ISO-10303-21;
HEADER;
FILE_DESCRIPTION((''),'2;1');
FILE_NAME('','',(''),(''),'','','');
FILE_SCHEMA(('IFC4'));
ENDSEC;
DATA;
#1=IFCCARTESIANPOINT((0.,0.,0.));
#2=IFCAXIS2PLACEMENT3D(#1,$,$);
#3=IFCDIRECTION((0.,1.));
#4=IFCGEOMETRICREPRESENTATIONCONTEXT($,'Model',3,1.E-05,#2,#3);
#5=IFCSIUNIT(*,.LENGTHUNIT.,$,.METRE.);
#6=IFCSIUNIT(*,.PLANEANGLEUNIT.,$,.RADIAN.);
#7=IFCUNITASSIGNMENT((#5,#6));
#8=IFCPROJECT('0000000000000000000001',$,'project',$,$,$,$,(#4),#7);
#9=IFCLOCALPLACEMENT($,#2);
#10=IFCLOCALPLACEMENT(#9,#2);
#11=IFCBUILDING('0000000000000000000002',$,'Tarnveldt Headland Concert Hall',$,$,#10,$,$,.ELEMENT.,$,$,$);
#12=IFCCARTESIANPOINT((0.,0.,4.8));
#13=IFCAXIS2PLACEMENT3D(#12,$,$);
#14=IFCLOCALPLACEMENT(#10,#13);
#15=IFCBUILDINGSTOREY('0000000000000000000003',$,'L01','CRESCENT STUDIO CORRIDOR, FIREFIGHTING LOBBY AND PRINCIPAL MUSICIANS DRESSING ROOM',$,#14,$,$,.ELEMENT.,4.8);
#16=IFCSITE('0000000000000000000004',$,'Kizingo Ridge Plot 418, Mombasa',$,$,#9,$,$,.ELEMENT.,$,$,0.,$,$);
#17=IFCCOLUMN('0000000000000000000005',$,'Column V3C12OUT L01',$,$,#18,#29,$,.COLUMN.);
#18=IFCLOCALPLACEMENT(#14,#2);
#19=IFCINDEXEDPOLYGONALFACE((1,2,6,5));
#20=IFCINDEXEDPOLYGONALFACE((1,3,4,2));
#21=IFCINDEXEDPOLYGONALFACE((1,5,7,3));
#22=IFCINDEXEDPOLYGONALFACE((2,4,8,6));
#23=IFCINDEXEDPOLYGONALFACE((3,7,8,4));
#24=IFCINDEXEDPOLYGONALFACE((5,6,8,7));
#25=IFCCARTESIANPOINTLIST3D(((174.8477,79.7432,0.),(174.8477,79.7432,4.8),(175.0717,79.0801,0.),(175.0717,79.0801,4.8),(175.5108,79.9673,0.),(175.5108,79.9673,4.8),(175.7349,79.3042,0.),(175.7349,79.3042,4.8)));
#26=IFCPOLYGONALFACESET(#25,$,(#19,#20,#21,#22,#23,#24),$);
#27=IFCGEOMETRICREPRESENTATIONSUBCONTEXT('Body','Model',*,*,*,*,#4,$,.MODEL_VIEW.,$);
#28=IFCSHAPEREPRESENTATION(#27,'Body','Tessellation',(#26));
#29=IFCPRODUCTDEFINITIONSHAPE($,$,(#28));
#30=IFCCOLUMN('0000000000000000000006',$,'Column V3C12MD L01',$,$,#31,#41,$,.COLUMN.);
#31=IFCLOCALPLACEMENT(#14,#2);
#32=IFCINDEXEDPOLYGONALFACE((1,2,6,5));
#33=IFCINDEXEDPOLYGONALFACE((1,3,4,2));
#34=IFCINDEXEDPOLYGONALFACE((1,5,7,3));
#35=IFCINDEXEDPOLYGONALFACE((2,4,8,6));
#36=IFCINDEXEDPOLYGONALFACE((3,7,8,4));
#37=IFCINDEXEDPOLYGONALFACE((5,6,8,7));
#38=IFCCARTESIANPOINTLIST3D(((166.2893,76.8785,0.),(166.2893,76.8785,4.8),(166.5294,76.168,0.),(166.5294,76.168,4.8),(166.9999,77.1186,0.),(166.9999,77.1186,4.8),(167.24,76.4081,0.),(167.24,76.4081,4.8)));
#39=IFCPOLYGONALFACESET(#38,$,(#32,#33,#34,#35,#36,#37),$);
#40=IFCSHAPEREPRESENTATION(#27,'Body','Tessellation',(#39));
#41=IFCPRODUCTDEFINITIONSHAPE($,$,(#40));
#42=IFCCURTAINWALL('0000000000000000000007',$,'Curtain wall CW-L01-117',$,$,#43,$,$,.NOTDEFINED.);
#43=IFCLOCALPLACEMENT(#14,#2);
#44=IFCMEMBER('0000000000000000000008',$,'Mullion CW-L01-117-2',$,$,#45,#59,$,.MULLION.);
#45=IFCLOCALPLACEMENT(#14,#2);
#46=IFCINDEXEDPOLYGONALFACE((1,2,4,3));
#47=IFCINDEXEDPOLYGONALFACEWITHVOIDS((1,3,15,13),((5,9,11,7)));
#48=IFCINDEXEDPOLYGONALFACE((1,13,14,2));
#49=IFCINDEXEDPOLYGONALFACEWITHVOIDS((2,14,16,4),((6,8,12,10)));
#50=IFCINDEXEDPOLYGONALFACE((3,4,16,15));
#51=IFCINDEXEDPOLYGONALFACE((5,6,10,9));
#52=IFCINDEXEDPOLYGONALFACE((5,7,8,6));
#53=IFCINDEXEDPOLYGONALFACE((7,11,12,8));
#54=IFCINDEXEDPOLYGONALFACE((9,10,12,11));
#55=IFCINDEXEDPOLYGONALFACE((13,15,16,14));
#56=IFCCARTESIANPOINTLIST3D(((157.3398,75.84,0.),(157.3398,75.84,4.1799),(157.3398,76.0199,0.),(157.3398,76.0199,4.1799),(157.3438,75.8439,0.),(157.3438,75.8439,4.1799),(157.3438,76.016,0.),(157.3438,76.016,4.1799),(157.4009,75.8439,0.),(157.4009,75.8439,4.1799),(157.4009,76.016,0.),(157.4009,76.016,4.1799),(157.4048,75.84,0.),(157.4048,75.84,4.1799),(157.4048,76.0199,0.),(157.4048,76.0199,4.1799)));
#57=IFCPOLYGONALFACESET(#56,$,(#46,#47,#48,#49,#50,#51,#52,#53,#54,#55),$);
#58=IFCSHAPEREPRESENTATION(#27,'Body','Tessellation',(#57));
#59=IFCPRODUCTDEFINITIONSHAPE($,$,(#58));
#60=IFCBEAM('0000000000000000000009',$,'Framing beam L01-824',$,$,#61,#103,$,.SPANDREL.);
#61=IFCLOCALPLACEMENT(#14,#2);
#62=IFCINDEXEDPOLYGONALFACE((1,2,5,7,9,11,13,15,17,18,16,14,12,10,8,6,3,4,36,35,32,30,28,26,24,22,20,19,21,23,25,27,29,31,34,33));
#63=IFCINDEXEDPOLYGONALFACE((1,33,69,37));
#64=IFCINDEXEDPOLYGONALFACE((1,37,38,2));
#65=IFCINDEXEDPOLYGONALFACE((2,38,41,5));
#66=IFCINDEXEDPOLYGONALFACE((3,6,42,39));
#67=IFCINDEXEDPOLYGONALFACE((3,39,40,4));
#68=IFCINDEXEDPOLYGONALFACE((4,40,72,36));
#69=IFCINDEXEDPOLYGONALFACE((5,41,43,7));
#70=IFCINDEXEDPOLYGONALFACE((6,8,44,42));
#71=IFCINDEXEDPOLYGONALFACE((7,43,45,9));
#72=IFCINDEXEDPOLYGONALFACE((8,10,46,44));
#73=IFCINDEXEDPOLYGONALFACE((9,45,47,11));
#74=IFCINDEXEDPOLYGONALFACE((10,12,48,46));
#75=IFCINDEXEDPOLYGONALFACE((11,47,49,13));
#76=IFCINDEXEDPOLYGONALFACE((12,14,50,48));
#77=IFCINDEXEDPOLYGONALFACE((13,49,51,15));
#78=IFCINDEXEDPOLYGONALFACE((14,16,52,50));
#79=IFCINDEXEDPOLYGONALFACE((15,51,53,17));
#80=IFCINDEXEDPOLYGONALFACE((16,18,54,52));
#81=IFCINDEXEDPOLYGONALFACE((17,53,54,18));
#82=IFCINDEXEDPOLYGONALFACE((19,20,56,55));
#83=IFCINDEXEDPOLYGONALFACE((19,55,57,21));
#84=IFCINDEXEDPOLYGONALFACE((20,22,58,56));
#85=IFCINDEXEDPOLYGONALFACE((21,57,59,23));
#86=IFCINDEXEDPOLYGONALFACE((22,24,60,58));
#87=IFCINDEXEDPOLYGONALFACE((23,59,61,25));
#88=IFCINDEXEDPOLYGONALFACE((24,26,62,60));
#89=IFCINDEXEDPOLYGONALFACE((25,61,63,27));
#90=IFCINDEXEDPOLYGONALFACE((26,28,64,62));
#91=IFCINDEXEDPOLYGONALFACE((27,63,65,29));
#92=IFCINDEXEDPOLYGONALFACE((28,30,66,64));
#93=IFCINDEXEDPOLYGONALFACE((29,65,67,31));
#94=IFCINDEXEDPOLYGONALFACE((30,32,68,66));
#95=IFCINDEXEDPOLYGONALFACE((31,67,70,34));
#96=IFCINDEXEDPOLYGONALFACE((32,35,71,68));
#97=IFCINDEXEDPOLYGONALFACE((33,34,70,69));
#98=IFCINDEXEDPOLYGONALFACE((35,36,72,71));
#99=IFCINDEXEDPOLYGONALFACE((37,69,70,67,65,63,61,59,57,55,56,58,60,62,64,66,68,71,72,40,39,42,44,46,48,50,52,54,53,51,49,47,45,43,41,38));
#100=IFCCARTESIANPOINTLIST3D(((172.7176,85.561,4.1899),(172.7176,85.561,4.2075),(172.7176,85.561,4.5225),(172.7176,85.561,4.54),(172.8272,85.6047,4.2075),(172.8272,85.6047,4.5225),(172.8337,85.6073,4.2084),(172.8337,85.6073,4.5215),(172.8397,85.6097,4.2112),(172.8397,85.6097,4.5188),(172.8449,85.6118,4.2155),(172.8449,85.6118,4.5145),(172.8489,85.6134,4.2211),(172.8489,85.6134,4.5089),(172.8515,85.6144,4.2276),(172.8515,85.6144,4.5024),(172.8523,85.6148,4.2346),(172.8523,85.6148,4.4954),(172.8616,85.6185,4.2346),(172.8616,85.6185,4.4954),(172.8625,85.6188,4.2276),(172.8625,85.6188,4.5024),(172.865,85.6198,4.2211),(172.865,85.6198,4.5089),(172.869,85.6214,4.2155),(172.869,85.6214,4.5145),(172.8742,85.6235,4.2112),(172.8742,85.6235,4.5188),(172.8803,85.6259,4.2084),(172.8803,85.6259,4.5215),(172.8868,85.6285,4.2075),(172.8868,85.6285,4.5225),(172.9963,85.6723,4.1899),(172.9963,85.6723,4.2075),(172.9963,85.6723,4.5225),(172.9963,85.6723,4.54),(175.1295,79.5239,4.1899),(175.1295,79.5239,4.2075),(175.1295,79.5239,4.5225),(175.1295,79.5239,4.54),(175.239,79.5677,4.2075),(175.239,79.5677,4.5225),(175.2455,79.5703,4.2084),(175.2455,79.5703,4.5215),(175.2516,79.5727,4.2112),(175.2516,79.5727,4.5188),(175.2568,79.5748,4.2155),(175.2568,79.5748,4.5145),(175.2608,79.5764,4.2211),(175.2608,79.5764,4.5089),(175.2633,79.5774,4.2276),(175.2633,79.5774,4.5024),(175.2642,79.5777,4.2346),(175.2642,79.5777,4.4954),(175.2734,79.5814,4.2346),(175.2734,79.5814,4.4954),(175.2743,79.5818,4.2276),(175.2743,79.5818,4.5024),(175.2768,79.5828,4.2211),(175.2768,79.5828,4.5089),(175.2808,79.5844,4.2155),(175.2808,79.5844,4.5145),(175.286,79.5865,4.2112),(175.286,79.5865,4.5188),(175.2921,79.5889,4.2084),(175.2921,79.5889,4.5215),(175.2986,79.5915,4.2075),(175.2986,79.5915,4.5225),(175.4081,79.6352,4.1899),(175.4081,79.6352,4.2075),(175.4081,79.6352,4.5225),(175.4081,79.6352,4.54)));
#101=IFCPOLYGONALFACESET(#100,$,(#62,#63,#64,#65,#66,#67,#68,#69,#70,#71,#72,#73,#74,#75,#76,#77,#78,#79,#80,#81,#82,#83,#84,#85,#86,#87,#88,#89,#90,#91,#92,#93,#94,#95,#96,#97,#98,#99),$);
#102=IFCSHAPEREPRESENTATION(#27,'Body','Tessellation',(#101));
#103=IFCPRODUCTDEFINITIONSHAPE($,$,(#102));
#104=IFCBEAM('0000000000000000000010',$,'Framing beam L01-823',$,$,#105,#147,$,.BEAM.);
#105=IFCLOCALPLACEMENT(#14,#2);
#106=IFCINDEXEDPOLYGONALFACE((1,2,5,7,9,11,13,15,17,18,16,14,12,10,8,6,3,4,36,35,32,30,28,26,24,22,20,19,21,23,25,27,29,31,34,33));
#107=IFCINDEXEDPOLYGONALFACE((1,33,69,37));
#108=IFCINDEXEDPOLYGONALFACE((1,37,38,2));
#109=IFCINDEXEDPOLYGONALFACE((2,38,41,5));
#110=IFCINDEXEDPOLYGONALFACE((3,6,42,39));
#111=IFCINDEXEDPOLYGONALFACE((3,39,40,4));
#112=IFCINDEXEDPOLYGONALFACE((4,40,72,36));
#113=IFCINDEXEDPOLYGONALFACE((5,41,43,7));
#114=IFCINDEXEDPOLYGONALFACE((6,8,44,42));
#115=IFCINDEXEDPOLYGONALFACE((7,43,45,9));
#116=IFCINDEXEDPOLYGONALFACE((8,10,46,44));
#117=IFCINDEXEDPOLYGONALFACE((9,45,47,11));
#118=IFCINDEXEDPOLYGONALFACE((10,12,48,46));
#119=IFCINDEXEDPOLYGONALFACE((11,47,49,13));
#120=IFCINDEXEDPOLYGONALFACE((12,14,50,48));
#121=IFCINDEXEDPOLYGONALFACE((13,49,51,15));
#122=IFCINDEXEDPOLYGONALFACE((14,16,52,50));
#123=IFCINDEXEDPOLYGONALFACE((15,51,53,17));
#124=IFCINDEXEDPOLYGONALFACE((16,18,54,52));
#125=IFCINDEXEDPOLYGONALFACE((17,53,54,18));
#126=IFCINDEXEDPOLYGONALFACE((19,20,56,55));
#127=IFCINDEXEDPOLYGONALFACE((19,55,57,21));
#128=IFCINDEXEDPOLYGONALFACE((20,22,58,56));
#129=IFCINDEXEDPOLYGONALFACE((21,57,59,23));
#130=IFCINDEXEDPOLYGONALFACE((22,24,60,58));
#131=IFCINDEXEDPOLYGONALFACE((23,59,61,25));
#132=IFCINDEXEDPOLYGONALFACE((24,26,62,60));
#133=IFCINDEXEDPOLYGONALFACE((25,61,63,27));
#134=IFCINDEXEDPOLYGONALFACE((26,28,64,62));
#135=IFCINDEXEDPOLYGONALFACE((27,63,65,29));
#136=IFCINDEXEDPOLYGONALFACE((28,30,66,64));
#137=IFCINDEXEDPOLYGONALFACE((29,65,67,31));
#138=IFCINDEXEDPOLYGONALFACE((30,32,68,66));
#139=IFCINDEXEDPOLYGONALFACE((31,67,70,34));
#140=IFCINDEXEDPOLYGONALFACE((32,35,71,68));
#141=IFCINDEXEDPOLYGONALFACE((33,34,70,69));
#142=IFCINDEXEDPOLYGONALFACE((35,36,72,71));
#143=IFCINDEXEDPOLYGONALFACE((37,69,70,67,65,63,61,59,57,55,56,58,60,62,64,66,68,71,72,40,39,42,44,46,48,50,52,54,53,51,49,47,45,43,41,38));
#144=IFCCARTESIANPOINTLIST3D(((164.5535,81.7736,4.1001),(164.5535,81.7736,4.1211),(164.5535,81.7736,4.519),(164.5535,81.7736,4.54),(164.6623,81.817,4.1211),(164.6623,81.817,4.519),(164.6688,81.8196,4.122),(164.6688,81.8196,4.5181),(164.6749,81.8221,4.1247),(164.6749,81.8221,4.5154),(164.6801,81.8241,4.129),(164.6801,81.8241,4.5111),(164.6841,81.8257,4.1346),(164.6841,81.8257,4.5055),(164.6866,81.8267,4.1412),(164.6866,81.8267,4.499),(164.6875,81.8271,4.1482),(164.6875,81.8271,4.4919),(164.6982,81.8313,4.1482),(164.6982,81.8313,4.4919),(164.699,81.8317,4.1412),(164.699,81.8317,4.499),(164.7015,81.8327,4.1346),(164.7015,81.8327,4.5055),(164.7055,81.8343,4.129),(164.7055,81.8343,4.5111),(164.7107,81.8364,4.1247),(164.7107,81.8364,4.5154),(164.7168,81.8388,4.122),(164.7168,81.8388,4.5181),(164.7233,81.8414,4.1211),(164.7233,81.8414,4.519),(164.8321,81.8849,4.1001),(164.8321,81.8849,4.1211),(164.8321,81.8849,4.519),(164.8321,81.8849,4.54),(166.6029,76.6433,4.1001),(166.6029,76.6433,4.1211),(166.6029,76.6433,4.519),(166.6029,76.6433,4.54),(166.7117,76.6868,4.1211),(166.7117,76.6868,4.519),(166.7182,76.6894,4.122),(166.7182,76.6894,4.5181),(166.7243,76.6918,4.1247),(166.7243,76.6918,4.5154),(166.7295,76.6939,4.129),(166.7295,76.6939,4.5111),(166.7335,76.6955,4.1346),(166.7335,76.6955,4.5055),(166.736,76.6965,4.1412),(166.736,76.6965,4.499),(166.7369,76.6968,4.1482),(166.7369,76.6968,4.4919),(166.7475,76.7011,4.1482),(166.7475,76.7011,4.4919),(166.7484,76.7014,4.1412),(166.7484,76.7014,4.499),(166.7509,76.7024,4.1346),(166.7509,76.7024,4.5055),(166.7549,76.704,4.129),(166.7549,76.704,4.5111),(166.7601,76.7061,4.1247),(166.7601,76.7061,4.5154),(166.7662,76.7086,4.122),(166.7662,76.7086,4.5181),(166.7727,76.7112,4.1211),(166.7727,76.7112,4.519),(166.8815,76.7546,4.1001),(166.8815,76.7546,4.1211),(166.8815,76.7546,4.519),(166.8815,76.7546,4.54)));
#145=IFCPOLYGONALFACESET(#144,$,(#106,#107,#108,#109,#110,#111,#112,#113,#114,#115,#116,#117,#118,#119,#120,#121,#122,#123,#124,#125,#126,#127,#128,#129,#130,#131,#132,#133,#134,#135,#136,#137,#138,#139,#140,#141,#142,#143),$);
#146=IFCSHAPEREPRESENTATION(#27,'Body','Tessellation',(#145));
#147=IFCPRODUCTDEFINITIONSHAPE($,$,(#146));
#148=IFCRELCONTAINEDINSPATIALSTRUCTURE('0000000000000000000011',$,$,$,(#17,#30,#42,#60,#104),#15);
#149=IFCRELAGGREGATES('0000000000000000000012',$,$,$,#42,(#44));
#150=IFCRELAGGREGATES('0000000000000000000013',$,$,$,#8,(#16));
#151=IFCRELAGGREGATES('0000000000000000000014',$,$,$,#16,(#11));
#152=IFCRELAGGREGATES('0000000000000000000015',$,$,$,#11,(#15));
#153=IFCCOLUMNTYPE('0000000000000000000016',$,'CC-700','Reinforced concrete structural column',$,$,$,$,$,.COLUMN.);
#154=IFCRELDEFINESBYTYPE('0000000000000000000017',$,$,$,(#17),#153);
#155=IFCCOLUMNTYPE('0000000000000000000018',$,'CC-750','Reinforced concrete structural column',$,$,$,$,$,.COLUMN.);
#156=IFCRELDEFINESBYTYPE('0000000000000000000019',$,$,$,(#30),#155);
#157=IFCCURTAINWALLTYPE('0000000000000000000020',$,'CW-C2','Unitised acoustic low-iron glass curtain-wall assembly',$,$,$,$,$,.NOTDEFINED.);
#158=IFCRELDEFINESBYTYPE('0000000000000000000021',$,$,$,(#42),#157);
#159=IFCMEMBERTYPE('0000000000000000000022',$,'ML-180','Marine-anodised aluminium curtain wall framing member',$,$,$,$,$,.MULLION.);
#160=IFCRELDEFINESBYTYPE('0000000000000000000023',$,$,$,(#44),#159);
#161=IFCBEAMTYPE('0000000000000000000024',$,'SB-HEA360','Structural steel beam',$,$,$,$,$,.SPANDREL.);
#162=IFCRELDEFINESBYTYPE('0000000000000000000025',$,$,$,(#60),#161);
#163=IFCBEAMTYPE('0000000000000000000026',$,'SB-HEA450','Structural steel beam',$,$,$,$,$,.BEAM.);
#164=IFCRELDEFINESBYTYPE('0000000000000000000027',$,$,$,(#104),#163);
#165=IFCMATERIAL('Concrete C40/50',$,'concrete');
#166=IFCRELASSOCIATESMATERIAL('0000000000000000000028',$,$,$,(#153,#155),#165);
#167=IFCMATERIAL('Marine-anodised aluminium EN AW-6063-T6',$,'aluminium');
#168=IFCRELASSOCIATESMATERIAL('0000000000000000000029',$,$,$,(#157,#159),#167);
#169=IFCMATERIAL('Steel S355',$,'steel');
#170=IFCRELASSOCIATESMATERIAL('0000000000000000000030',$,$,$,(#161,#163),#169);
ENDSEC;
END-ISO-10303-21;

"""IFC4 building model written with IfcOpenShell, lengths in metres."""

from ifc_helpers import new_model, si_unit, direction, frame, origin, origin_2d, place, context, subcontext, project, spatial, rectangle, hollow_rectangle, i_section, extrude, material, material_profile, profile_set, type_object, element, aggregate, save


model = new_model("IFC4")

# Units and contexts
model_context = context("Model", 3, precision=1e-05, world=origin(), true_north=direction((0.0, 1.0)))
body_context = subcontext(model_context, "Body", "Model", "MODEL_VIEW")
ifc_project = project(units=[si_unit("LENGTHUNIT", "METRE"), si_unit("PLANEANGLEUNIT", "RADIAN")], contexts=[model_context])

# Site, building, storey
site_placement = place(None, origin())
site = spatial("IfcSite", under=ifc_project, at=site_placement, Name="Kizingo Ridge Plot 418, Mombasa", CompositionType="ELEMENT", RefElevation=0.0)
building_placement = place(site_placement, origin())
building = spatial("IfcBuilding", under=site, at=building_placement, Name="Tarnveldt Headland Concert Hall", CompositionType="ELEMENT")
storey_placement = place(building_placement, frame((0.0, 0.0, 4.8)))
storey = spatial("IfcBuildingStorey", under=building, at=storey_placement, Name="L01", Description="CRESCENT STUDIO CORRIDOR, FIREFIGHTING LOBBY AND PRINCIPAL MUSICIANS DRESSING ROOM", CompositionType="ELEMENT", Elevation=4.8)

# Columns
ifc_material_1 = material(Name="Concrete C40/50", Category="concrete")
ifc_material_profile_1 = material_profile(ifc_material_1, rectangle(XDim=0.7, YDim=0.7, at=origin_2d()), Name="RC 700x700", Category="concrete")
ifc_profile_set_1 = profile_set([ifc_material_profile_1], Name="Concrete C40/50")
column_type_1 = type_object("IfcColumnType", Name="CC-700", Description="Reinforced concrete structural column", PredefinedType="COLUMN", material=ifc_profile_set_1)
column_1_placement = place(storey_placement, frame((175.2913, 79.5237, 0.0), z_axis=(0.0, 0.0, 1.0), x_axis=(0.947378, 0.320117, 0.0)))
element("IfcColumn", 1, at=column_1_placement, inside=storey, type_object=column_type_1, Name="Column V3C12OUT L01", PredefinedType="COLUMN", context=body_context, shape_type="SweptSolid", body=[
    extrude(rectangle(XDim=0.7, YDim=0.7, at=origin_2d()), origin(), (0.0, 0.0, 1.0), 4.8),
])
ifc_material_profile_2 = material_profile(ifc_material_1, rectangle(XDim=0.75, YDim=0.75, at=origin_2d()), Name="RC 750x750", Category="concrete")
ifc_profile_set_2 = profile_set([ifc_material_profile_2], Name="Concrete C40/50")
column_type_2 = type_object("IfcColumnType", Name="CC-750", Description="Reinforced concrete structural column", PredefinedType="COLUMN", material=ifc_profile_set_2)
column_2_placement = place(storey_placement, frame((166.7646, 76.6433, 0.0), z_axis=(0.0, 0.0, 1.0), x_axis=(0.947378, 0.320117, 0.0)))
element("IfcColumn", 2, at=column_2_placement, inside=storey, type_object=column_type_2, Name="Column V3C12MD L01", PredefinedType="COLUMN", context=body_context, shape_type="SweptSolid", body=[
    extrude(rectangle(XDim=0.75, YDim=0.75, at=origin_2d()), origin(), (0.0, 0.0, 1.0), 4.8),
])

# Curtain wall, member
ifc_material_2 = material(Name="Marine-anodised aluminium EN AW-6063-T6", Category="aluminium")
curtain_wall_type = type_object("IfcCurtainWallType", Name="CW-C2", Description="Unitised acoustic low-iron glass curtain-wall assembly", PredefinedType="NOTDEFINED", material=ifc_material_2)
curtain_wall_placement = place(storey_placement, origin())
curtain_wall = element("IfcCurtainWall", 3, at=curtain_wall_placement, inside=storey, type_object=curtain_wall_type, Name="Curtain wall CW-L01-117", PredefinedType="NOTDEFINED")
ifc_material_profile_3 = material_profile(ifc_material_2, hollow_rectangle(XDim=0.0649, YDim=0.1799, WallThickness=0.0039, at=origin_2d()), Name="ALU MULLION 65x180x4", Category="aluminium")
ifc_profile_set_3 = profile_set([ifc_material_profile_3], Name="Marine-anodised aluminium EN AW-6063-T6")
member_type_1 = type_object("IfcMemberType", Name="ML-180", Description="Marine-anodised aluminium curtain wall framing member", PredefinedType="MULLION", material=ifc_profile_set_3)
member_1_placement = place(storey_placement, frame((157.3723, 75.9299, 0.0), z_axis=(0.0, 0.0, 1.0), x_axis=(1.0, 0.0, 0.0)))
member_1 = element("IfcMember", 4, at=member_1_placement, type_object=member_type_1, Name="Mullion CW-L01-117-2", PredefinedType="MULLION", context=body_context, shape_type="SweptSolid", body=[
    extrude(hollow_rectangle(XDim=0.0649, YDim=0.1799, WallThickness=0.0039, at=origin_2d()), origin(), (0.0, 0.0, 1.0), 4.1799),
])

# Beams
ifc_material_3 = material(Name="Steel S355", Category="steel")
ifc_material_profile_4 = material_profile(ifc_material_3, i_section(OverallWidth=0.3, OverallDepth=0.3501, WebThickness=0.01, FlangeThickness=0.0176, FilletRadius=0.0271, at=origin_2d()), Name="HEA360", Category="steel")
ifc_profile_set_4 = profile_set([ifc_material_profile_4], Name="Steel S355")
beam_type_1 = type_object("IfcBeamType", Name="SB-HEA360", Description="Structural steel beam", PredefinedType="SPANDREL", material=ifc_profile_set_4)
beam_1_placement = place(storey_placement, frame((175.2688, 79.5796, 4.365), z_axis=(-0.370996, 0.928635, 0.0), x_axis=(-0.928635, -0.370996, 0.0)))
element("IfcBeam", 5, at=beam_1_placement, inside=storey, type_object=beam_type_1, Name="Framing beam L01-824", PredefinedType="SPANDREL", context=body_context, shape_type="SweptSolid", body=[
    extrude(i_section(OverallWidth=0.3, OverallDepth=0.3501, WebThickness=0.01, FlangeThickness=0.0176, FilletRadius=0.0271, at=origin_2d()), origin(), (0.0, 0.0, 1.0), 6.501),
])
ifc_material_profile_5 = material_profile(ifc_material_3, i_section(OverallWidth=0.3, OverallDepth=0.4399, WebThickness=0.0115, FlangeThickness=0.021, FilletRadius=0.0271, at=origin_2d()), Name="HEA450", Category="steel")
ifc_profile_set_5 = profile_set([ifc_material_profile_5], Name="Steel S355")
beam_type_2 = type_object("IfcBeamType", Name="SB-HEA450", Description="Structural steel beam", PredefinedType="BEAM", material=ifc_profile_set_5)
beam_2_placement = place(storey_placement, frame((166.7422, 76.699, 4.3201), z_axis=(-0.370964, 0.928647, 0.0), x_axis=(-0.928647, -0.370964, 0.0)))
element("IfcBeam", 6, at=beam_2_placement, inside=storey, type_object=beam_type_2, Name="Framing beam L01-823", PredefinedType="BEAM", context=body_context, shape_type="SweptSolid", body=[
    extrude(i_section(OverallWidth=0.3, OverallDepth=0.4399, WebThickness=0.0115, FlangeThickness=0.021, FilletRadius=0.0271, at=origin_2d()), origin(), (0.0, 0.0, 1.0), 5.5244),
])

aggregate(curtain_wall, [member_1])

save(model, "model.ifc")
